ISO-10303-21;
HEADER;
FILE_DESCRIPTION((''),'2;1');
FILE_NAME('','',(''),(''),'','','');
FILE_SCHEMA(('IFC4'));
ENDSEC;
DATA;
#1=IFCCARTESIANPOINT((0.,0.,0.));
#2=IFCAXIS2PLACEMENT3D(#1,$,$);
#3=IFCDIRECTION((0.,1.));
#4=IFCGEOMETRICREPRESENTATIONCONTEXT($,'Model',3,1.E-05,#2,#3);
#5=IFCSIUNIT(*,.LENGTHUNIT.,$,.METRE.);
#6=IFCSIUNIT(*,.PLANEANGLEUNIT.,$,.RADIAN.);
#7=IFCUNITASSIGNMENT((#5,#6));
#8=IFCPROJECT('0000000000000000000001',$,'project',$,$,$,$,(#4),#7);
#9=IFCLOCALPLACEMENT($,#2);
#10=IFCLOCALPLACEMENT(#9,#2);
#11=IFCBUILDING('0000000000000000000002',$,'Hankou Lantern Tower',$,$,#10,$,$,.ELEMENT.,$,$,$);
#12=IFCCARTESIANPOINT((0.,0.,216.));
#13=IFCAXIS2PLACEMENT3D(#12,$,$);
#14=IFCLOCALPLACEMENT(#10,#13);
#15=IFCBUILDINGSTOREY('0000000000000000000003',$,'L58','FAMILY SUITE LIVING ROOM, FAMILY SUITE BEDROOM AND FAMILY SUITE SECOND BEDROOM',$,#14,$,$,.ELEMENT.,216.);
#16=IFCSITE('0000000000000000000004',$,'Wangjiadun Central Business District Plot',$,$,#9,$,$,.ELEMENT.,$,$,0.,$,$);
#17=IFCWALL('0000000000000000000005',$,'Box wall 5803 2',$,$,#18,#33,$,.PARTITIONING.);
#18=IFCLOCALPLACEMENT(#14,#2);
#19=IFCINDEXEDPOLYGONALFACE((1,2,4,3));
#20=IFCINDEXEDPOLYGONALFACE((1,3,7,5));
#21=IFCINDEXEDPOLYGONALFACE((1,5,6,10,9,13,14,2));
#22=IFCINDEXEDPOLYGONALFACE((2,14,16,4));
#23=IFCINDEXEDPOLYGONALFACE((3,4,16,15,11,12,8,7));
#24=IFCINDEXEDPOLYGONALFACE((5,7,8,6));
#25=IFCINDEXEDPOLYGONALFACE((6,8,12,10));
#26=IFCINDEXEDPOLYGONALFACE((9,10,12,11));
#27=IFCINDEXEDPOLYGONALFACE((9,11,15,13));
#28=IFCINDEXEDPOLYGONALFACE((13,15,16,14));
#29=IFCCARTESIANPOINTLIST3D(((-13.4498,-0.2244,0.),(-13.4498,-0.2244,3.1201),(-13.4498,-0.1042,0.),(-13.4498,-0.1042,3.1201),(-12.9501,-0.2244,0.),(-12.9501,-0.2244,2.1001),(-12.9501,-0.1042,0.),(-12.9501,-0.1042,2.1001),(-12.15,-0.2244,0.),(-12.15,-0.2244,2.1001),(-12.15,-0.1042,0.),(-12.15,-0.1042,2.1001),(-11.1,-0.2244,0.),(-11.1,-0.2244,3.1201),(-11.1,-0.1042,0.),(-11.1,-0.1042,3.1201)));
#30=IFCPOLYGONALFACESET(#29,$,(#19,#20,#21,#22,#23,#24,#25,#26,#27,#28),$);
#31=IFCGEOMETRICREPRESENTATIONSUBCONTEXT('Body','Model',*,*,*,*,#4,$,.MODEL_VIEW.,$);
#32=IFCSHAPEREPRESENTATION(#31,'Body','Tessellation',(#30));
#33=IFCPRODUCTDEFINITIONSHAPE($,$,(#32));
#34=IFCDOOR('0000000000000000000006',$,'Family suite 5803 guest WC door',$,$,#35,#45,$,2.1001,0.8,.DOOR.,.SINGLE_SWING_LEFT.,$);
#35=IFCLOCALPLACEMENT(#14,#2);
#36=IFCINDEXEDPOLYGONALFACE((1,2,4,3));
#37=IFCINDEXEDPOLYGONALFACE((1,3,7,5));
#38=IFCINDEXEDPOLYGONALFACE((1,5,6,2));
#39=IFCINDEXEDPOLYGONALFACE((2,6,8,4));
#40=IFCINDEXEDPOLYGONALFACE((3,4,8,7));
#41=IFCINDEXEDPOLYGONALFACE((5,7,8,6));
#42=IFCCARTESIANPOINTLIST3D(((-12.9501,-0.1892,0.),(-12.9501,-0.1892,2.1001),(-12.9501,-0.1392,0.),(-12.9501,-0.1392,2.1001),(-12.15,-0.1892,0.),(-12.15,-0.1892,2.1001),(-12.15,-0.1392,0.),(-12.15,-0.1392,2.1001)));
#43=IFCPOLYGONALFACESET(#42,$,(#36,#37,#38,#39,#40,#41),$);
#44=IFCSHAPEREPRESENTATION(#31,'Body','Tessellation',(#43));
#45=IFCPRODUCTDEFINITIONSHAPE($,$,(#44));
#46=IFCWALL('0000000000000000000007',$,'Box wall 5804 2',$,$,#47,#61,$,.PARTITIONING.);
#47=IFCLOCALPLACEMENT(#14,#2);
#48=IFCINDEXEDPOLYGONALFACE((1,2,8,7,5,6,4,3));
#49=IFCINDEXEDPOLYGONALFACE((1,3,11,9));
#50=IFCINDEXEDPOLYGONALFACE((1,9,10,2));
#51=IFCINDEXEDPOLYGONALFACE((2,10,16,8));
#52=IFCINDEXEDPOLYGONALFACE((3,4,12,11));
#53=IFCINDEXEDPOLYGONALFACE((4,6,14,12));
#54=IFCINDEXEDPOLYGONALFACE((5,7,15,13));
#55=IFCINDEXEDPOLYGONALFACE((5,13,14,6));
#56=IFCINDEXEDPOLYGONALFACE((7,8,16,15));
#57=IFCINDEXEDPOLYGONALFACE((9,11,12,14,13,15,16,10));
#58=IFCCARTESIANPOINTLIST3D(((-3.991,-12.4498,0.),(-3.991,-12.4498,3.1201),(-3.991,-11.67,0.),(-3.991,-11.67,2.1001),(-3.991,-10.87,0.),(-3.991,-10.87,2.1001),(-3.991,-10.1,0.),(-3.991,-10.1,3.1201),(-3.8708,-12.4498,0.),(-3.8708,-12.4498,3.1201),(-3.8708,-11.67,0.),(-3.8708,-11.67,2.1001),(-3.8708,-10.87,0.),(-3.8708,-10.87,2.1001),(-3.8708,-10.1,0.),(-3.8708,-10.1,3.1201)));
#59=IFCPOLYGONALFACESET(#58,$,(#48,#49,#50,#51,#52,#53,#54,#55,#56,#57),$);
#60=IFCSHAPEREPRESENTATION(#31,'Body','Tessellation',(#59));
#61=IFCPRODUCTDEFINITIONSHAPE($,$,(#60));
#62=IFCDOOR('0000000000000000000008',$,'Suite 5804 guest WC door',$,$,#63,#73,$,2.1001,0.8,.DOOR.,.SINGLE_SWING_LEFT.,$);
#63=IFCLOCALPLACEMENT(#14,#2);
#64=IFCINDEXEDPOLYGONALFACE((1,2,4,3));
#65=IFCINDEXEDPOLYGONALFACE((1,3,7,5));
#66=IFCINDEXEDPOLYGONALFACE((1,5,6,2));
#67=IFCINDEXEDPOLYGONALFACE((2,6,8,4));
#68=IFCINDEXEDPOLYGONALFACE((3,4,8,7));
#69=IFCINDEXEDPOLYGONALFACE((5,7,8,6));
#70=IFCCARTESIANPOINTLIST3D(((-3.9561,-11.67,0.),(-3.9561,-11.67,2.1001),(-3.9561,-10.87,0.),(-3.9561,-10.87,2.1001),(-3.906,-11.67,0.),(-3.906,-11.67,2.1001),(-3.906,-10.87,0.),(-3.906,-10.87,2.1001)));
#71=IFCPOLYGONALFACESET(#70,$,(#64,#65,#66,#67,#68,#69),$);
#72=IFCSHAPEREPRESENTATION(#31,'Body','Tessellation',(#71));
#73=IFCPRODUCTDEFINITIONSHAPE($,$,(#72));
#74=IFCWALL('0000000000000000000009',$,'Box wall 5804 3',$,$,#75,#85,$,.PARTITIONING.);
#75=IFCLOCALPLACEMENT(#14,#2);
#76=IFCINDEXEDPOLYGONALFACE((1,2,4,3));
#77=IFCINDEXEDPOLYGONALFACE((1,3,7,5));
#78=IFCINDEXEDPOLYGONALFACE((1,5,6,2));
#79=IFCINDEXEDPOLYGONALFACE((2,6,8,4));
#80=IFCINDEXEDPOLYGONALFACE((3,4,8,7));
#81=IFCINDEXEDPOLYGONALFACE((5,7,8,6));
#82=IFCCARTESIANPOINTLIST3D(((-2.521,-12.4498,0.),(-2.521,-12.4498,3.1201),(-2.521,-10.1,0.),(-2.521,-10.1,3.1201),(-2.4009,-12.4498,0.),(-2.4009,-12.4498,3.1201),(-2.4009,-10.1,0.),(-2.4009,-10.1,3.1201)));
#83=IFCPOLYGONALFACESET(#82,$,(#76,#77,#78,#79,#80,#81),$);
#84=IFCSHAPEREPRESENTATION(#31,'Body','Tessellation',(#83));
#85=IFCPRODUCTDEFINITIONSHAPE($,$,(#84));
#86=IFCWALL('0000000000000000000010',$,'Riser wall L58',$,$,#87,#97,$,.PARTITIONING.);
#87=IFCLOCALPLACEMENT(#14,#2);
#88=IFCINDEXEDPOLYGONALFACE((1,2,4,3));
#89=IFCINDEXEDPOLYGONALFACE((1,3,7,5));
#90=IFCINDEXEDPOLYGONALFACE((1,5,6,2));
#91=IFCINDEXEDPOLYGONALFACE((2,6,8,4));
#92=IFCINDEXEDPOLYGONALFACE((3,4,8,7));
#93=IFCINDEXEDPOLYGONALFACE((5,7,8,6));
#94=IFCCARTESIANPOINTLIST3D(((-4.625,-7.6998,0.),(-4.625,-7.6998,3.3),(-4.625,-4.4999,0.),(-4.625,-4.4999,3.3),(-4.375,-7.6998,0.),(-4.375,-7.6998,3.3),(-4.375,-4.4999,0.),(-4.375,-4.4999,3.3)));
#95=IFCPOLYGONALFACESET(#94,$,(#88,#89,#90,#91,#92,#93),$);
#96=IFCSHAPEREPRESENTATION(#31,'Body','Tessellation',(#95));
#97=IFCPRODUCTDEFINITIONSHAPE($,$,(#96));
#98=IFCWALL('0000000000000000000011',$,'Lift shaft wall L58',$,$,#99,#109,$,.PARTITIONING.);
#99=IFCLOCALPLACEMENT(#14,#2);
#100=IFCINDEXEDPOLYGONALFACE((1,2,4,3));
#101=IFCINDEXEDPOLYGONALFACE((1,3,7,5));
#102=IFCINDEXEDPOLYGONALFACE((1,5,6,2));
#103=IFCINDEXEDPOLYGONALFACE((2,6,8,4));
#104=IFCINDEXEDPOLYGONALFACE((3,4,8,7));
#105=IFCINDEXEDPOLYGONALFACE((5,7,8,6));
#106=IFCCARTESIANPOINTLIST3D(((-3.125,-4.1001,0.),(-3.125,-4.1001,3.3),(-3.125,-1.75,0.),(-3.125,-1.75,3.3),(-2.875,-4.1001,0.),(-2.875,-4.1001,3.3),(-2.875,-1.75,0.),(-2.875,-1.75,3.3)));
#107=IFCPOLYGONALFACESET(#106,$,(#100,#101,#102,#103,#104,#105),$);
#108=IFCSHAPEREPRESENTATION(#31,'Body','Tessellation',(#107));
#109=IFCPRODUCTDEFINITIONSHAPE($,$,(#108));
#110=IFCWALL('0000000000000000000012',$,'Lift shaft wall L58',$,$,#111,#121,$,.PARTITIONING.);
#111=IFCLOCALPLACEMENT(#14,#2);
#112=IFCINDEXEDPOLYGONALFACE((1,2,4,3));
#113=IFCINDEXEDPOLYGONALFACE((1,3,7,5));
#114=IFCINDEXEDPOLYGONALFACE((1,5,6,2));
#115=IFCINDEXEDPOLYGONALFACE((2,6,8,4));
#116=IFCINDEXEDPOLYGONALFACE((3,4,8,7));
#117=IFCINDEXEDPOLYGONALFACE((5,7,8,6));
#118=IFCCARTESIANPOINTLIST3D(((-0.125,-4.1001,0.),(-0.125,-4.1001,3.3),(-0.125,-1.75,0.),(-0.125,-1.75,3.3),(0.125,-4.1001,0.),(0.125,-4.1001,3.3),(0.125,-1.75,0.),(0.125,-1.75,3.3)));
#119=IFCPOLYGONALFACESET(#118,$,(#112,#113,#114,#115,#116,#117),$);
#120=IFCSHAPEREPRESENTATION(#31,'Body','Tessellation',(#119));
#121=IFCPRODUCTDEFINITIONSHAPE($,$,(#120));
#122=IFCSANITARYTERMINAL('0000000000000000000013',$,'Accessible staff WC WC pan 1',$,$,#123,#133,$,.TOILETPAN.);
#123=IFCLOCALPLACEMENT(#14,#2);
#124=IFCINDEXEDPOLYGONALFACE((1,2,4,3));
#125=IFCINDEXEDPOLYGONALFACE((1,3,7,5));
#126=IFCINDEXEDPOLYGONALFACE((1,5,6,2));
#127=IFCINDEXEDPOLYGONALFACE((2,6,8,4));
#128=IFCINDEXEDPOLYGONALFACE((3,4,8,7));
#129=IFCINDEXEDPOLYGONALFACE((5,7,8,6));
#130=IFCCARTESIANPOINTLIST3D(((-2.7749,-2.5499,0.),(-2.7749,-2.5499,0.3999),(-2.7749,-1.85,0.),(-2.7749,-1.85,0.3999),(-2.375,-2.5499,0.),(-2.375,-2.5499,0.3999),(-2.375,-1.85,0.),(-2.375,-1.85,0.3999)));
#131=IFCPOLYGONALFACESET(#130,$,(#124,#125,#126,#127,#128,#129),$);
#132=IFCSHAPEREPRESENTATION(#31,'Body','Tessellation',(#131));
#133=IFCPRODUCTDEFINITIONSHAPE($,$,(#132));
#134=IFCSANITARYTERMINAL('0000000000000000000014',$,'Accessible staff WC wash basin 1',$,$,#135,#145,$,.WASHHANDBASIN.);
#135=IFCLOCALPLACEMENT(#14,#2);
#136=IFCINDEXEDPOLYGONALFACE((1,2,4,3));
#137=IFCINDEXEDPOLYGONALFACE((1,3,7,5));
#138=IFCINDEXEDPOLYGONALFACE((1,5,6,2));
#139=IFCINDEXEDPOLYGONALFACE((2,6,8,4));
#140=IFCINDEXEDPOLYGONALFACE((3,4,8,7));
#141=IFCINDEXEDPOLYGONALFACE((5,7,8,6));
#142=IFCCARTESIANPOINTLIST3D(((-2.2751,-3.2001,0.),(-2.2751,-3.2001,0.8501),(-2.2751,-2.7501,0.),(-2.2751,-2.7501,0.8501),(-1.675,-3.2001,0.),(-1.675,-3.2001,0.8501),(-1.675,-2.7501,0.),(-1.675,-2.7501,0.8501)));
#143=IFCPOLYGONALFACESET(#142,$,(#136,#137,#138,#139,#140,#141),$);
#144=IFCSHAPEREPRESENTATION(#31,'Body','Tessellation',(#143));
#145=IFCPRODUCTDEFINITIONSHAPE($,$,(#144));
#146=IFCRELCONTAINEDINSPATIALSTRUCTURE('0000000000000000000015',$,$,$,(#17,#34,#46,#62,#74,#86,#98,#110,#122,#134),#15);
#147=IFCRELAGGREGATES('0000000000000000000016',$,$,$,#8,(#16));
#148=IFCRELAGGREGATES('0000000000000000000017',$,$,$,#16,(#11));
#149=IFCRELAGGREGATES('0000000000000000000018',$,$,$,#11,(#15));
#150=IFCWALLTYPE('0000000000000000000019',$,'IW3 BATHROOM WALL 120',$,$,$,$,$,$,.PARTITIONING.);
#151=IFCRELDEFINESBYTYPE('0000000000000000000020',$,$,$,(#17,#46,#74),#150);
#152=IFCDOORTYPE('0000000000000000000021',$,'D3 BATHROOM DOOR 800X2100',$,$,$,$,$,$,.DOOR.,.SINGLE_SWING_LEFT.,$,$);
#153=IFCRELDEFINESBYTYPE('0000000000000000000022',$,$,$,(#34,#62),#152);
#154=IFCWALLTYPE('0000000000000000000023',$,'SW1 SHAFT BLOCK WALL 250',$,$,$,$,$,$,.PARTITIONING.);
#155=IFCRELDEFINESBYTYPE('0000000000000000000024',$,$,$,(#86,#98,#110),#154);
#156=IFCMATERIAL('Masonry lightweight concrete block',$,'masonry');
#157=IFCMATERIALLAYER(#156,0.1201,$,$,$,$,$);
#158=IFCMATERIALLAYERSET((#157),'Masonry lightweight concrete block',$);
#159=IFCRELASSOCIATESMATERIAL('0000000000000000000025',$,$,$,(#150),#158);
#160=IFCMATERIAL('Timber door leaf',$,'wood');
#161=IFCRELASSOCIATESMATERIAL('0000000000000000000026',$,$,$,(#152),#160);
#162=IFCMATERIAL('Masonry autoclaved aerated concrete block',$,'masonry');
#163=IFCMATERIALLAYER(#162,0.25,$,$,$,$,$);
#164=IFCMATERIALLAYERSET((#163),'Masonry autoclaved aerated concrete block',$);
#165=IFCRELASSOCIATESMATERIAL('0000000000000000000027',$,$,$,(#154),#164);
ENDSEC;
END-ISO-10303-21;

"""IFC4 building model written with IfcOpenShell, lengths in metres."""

from ifc_helpers import new_model, si_unit, direction, frame, frame_2d, origin, origin_2d, place, context, subcontext, project, spatial, rectangle, extrude, material, layer, layer_set, type_object, element, fill, save


model = new_model("IFC4")

# Units and contexts
model_context = context("Model", 3, precision=1e-05, world=origin(), true_north=direction((0.0, 1.0)))
body_context = subcontext(model_context, "Body", "Model", "MODEL_VIEW")
ifc_project = project(units=[si_unit("LENGTHUNIT", "METRE"), si_unit("PLANEANGLEUNIT", "RADIAN")], contexts=[model_context])

# Site, building, storey
site_placement = place(None, origin())
site = spatial("IfcSite", under=ifc_project, at=site_placement, Name="Wangjiadun Central Business District Plot", CompositionType="ELEMENT", RefElevation=0.0)
building_placement = place(site_placement, origin())
building = spatial("IfcBuilding", under=site, at=building_placement, Name="Hankou Lantern Tower", CompositionType="ELEMENT")
storey_placement = place(building_placement, frame((0.0, 0.0, 216.0)))
storey = spatial("IfcBuildingStorey", under=building, at=storey_placement, Name="L58", Description="FAMILY SUITE LIVING ROOM, FAMILY SUITE BEDROOM AND FAMILY SUITE SECOND BEDROOM", CompositionType="ELEMENT", Elevation=216.0)

# Walls, openings, doors
ifc_material_1 = material(Name="Masonry lightweight concrete block", Category="masonry")
ifc_layer_1 = layer(ifc_material_1, 0.1201)
ifc_layer_set_1 = layer_set([ifc_layer_1], Name="Masonry lightweight concrete block")
wall_type_1 = type_object("IfcWallType", Name="IW3 BATHROOM WALL 120", PredefinedType="PARTITIONING", material=ifc_layer_set_1)
wall_1_placement = place(storey_placement, frame((-11.1001, -0.1643, 0.0), z_axis=(0.0, 0.0, 1.0), x_axis=(-1.0, 0.0, 0.0)))
wall_1 = element("IfcWall", 1, at=wall_1_placement, inside=storey, type_object=wall_type_1, Name="Box wall 5803 2", PredefinedType="PARTITIONING", context=body_context, shape_type="SweptSolid", body=[
    extrude(rectangle(XDim=2.3499, YDim=0.1201, at=frame_2d((1.1748, 0.0))), origin(), (0.0, 0.0, 1.0), 3.1201),
])
opening_1_placement = place(wall_1_placement, frame((1.05, 0.0, 0.0)))
opening_1 = element("IfcOpeningElement", 2, at=opening_1_placement, cuts=wall_1, PredefinedType="OPENING", context=body_context, shape_type="SweptSolid", body=[
    extrude(rectangle(XDim=0.8, YDim=2.1001, at=frame_2d((0.3999, 1.05))), frame((0.0, 0.0701, 0.0), z_axis=(0.0, -1.0, 0.0), x_axis=(1.0, 0.0, 0.0)), (0.0, 0.0, 1.0), 0.1401),
])
ifc_material_2 = material(Name="Timber door leaf", Category="wood")
door_type_1 = type_object("IfcDoorType", Name="D3 BATHROOM DOOR 800X2100", OperationType="SINGLE_SWING_LEFT", PredefinedType="DOOR", material=ifc_material_2)
door_1_placement = place(opening_1_placement, origin())
door_1 = element("IfcDoor", 3, at=door_1_placement, inside=storey, type_object=door_type_1, Name="Family suite 5803 guest WC door", OperationType="SINGLE_SWING_LEFT", OverallHeight=2.1001, OverallWidth=0.8, PredefinedType="DOOR", context=body_context, shape_type="SweptSolid", body=[
    extrude(rectangle(XDim=0.8, YDim=2.1001, at=frame_2d((0.3999, 1.05))), frame((0.0, 0.0249, 0.0), z_axis=(0.0, -1.0, 0.0), x_axis=(1.0, 0.0, 0.0)), (0.0, 0.0, 1.0), 0.05),
])
fill(opening_1, door_1)
wall_2_placement = place(storey_placement, frame((-3.9309, -10.1001, 0.0), z_axis=(0.0, 0.0, 1.0), x_axis=(0.0, -1.0, 0.0)))
wall_2 = element("IfcWall", 4, at=wall_2_placement, inside=storey, type_object=wall_type_1, Name="Box wall 5804 2", PredefinedType="PARTITIONING", context=body_context, shape_type="SweptSolid", body=[
    extrude(rectangle(XDim=2.3499, YDim=0.1201, at=frame_2d((1.1748, 0.0))), origin(), (0.0, 0.0, 1.0), 3.1201),
])
opening_2_placement = place(wall_2_placement, frame((0.77, 0.0, 0.0)))
opening_2 = element("IfcOpeningElement", 5, at=opening_2_placement, cuts=wall_2, PredefinedType="OPENING", context=body_context, shape_type="SweptSolid", body=[
    extrude(rectangle(XDim=0.8, YDim=2.1001, at=frame_2d((0.3999, 1.05))), frame((0.0, 0.0701, 0.0), z_axis=(0.0, -1.0, 0.0), x_axis=(1.0, 0.0, 0.0)), (0.0, 0.0, 1.0), 0.1401),
])
door_2_placement = place(opening_2_placement, origin())
door_2 = element("IfcDoor", 6, at=door_2_placement, inside=storey, type_object=door_type_1, Name="Suite 5804 guest WC door", OperationType="SINGLE_SWING_LEFT", OverallHeight=2.1001, OverallWidth=0.8, PredefinedType="DOOR", context=body_context, shape_type="SweptSolid", body=[
    extrude(rectangle(XDim=0.8, YDim=2.1001, at=frame_2d((0.3999, 1.05))), frame((0.0, 0.0249, 0.0), z_axis=(0.0, -1.0, 0.0), x_axis=(1.0, 0.0, 0.0)), (0.0, 0.0, 1.0), 0.05),
])
fill(opening_2, door_2)

# Walls
wall_3_placement = place(storey_placement, frame((-2.4609, -10.1001, 0.0), z_axis=(0.0, 0.0, 1.0), x_axis=(0.0, -1.0, 0.0)))
element("IfcWall", 7, at=wall_3_placement, inside=storey, type_object=wall_type_1, Name="Box wall 5804 3", PredefinedType="PARTITIONING", context=body_context, shape_type="SweptSolid", body=[
    extrude(rectangle(XDim=2.3499, YDim=0.1201, at=frame_2d((1.1748, 0.0))), origin(), (0.0, 0.0, 1.0), 3.1201),
])
ifc_material_3 = material(Name="Masonry autoclaved aerated concrete block", Category="masonry")
ifc_layer_2 = layer(ifc_material_3, 0.25)
ifc_layer_set_2 = layer_set([ifc_layer_2], Name="Masonry autoclaved aerated concrete block")
wall_type_2 = type_object("IfcWallType", Name="SW1 SHAFT BLOCK WALL 250", PredefinedType="PARTITIONING", material=ifc_layer_set_2)
wall_4_placement = place(storey_placement, frame((-4.5, -7.7, 0.0), z_axis=(0.0, 0.0, 1.0), x_axis=(0.0, 1.0, 0.0)))
element("IfcWall", 8, at=wall_4_placement, inside=storey, type_object=wall_type_2, Name="Riser wall L58", PredefinedType="PARTITIONING", context=body_context, shape_type="SweptSolid", body=[
    extrude(rectangle(XDim=3.2, YDim=0.25, at=frame_2d((1.6001, 0.0))), origin(), (0.0, 0.0, 1.0), 3.3),
])
for number, where, z_axis, x_axis, name in (
    (9, (-3.0, -4.1001, 0.0), (0.0, 0.0, 1.0), (0.0, 1.0, 0.0), "Lift shaft wall L58"),
    (10, (0.0, -4.1001, 0.0), (0.0, 0.0, 1.0), (0.0, 1.0, 0.0), "Lift shaft wall L58"),
):
    element("IfcWall", number, at=place(storey_placement, frame(where, z_axis=z_axis, x_axis=x_axis)), inside=storey, type_object=wall_type_2, Name=name, PredefinedType="PARTITIONING", context=body_context, shape_type="SweptSolid", body=[
        extrude(rectangle(XDim=2.3501, YDim=0.25, at=frame_2d((1.175, 0.0))), origin(), (0.0, 0.0, 1.0), 3.3),
    ])

# Sanitary terminals
sanitary_terminal_1_placement = place(storey_placement, frame((-2.575, -2.2, 0.0), z_axis=(0.0, 0.0, 1.0), x_axis=(1.0, 0.0, 0.0)))
element("IfcSanitaryTerminal", 11, at=sanitary_terminal_1_placement, inside=storey, Name="Accessible staff WC WC pan 1", PredefinedType="TOILETPAN", context=body_context, shape_type="SweptSolid", body=[
    extrude(rectangle(XDim=0.3999, YDim=0.7, at=origin_2d()), origin(), (0.0, 0.0, 1.0), 0.3999),
])
sanitary_terminal_2_placement = place(storey_placement, frame((-1.9751, -2.9751, 0.0), z_axis=(0.0, 0.0, 1.0), x_axis=(1.0, 0.0, 0.0)))
element("IfcSanitaryTerminal", 12, at=sanitary_terminal_2_placement, inside=storey, Name="Accessible staff WC wash basin 1", PredefinedType="WASHHANDBASIN", context=body_context, shape_type="SweptSolid", body=[
    extrude(rectangle(XDim=0.6001, YDim=0.45, at=origin_2d()), origin(), (0.0, 0.0, 1.0), 0.8501),
])

save(model, "model.ifc")
